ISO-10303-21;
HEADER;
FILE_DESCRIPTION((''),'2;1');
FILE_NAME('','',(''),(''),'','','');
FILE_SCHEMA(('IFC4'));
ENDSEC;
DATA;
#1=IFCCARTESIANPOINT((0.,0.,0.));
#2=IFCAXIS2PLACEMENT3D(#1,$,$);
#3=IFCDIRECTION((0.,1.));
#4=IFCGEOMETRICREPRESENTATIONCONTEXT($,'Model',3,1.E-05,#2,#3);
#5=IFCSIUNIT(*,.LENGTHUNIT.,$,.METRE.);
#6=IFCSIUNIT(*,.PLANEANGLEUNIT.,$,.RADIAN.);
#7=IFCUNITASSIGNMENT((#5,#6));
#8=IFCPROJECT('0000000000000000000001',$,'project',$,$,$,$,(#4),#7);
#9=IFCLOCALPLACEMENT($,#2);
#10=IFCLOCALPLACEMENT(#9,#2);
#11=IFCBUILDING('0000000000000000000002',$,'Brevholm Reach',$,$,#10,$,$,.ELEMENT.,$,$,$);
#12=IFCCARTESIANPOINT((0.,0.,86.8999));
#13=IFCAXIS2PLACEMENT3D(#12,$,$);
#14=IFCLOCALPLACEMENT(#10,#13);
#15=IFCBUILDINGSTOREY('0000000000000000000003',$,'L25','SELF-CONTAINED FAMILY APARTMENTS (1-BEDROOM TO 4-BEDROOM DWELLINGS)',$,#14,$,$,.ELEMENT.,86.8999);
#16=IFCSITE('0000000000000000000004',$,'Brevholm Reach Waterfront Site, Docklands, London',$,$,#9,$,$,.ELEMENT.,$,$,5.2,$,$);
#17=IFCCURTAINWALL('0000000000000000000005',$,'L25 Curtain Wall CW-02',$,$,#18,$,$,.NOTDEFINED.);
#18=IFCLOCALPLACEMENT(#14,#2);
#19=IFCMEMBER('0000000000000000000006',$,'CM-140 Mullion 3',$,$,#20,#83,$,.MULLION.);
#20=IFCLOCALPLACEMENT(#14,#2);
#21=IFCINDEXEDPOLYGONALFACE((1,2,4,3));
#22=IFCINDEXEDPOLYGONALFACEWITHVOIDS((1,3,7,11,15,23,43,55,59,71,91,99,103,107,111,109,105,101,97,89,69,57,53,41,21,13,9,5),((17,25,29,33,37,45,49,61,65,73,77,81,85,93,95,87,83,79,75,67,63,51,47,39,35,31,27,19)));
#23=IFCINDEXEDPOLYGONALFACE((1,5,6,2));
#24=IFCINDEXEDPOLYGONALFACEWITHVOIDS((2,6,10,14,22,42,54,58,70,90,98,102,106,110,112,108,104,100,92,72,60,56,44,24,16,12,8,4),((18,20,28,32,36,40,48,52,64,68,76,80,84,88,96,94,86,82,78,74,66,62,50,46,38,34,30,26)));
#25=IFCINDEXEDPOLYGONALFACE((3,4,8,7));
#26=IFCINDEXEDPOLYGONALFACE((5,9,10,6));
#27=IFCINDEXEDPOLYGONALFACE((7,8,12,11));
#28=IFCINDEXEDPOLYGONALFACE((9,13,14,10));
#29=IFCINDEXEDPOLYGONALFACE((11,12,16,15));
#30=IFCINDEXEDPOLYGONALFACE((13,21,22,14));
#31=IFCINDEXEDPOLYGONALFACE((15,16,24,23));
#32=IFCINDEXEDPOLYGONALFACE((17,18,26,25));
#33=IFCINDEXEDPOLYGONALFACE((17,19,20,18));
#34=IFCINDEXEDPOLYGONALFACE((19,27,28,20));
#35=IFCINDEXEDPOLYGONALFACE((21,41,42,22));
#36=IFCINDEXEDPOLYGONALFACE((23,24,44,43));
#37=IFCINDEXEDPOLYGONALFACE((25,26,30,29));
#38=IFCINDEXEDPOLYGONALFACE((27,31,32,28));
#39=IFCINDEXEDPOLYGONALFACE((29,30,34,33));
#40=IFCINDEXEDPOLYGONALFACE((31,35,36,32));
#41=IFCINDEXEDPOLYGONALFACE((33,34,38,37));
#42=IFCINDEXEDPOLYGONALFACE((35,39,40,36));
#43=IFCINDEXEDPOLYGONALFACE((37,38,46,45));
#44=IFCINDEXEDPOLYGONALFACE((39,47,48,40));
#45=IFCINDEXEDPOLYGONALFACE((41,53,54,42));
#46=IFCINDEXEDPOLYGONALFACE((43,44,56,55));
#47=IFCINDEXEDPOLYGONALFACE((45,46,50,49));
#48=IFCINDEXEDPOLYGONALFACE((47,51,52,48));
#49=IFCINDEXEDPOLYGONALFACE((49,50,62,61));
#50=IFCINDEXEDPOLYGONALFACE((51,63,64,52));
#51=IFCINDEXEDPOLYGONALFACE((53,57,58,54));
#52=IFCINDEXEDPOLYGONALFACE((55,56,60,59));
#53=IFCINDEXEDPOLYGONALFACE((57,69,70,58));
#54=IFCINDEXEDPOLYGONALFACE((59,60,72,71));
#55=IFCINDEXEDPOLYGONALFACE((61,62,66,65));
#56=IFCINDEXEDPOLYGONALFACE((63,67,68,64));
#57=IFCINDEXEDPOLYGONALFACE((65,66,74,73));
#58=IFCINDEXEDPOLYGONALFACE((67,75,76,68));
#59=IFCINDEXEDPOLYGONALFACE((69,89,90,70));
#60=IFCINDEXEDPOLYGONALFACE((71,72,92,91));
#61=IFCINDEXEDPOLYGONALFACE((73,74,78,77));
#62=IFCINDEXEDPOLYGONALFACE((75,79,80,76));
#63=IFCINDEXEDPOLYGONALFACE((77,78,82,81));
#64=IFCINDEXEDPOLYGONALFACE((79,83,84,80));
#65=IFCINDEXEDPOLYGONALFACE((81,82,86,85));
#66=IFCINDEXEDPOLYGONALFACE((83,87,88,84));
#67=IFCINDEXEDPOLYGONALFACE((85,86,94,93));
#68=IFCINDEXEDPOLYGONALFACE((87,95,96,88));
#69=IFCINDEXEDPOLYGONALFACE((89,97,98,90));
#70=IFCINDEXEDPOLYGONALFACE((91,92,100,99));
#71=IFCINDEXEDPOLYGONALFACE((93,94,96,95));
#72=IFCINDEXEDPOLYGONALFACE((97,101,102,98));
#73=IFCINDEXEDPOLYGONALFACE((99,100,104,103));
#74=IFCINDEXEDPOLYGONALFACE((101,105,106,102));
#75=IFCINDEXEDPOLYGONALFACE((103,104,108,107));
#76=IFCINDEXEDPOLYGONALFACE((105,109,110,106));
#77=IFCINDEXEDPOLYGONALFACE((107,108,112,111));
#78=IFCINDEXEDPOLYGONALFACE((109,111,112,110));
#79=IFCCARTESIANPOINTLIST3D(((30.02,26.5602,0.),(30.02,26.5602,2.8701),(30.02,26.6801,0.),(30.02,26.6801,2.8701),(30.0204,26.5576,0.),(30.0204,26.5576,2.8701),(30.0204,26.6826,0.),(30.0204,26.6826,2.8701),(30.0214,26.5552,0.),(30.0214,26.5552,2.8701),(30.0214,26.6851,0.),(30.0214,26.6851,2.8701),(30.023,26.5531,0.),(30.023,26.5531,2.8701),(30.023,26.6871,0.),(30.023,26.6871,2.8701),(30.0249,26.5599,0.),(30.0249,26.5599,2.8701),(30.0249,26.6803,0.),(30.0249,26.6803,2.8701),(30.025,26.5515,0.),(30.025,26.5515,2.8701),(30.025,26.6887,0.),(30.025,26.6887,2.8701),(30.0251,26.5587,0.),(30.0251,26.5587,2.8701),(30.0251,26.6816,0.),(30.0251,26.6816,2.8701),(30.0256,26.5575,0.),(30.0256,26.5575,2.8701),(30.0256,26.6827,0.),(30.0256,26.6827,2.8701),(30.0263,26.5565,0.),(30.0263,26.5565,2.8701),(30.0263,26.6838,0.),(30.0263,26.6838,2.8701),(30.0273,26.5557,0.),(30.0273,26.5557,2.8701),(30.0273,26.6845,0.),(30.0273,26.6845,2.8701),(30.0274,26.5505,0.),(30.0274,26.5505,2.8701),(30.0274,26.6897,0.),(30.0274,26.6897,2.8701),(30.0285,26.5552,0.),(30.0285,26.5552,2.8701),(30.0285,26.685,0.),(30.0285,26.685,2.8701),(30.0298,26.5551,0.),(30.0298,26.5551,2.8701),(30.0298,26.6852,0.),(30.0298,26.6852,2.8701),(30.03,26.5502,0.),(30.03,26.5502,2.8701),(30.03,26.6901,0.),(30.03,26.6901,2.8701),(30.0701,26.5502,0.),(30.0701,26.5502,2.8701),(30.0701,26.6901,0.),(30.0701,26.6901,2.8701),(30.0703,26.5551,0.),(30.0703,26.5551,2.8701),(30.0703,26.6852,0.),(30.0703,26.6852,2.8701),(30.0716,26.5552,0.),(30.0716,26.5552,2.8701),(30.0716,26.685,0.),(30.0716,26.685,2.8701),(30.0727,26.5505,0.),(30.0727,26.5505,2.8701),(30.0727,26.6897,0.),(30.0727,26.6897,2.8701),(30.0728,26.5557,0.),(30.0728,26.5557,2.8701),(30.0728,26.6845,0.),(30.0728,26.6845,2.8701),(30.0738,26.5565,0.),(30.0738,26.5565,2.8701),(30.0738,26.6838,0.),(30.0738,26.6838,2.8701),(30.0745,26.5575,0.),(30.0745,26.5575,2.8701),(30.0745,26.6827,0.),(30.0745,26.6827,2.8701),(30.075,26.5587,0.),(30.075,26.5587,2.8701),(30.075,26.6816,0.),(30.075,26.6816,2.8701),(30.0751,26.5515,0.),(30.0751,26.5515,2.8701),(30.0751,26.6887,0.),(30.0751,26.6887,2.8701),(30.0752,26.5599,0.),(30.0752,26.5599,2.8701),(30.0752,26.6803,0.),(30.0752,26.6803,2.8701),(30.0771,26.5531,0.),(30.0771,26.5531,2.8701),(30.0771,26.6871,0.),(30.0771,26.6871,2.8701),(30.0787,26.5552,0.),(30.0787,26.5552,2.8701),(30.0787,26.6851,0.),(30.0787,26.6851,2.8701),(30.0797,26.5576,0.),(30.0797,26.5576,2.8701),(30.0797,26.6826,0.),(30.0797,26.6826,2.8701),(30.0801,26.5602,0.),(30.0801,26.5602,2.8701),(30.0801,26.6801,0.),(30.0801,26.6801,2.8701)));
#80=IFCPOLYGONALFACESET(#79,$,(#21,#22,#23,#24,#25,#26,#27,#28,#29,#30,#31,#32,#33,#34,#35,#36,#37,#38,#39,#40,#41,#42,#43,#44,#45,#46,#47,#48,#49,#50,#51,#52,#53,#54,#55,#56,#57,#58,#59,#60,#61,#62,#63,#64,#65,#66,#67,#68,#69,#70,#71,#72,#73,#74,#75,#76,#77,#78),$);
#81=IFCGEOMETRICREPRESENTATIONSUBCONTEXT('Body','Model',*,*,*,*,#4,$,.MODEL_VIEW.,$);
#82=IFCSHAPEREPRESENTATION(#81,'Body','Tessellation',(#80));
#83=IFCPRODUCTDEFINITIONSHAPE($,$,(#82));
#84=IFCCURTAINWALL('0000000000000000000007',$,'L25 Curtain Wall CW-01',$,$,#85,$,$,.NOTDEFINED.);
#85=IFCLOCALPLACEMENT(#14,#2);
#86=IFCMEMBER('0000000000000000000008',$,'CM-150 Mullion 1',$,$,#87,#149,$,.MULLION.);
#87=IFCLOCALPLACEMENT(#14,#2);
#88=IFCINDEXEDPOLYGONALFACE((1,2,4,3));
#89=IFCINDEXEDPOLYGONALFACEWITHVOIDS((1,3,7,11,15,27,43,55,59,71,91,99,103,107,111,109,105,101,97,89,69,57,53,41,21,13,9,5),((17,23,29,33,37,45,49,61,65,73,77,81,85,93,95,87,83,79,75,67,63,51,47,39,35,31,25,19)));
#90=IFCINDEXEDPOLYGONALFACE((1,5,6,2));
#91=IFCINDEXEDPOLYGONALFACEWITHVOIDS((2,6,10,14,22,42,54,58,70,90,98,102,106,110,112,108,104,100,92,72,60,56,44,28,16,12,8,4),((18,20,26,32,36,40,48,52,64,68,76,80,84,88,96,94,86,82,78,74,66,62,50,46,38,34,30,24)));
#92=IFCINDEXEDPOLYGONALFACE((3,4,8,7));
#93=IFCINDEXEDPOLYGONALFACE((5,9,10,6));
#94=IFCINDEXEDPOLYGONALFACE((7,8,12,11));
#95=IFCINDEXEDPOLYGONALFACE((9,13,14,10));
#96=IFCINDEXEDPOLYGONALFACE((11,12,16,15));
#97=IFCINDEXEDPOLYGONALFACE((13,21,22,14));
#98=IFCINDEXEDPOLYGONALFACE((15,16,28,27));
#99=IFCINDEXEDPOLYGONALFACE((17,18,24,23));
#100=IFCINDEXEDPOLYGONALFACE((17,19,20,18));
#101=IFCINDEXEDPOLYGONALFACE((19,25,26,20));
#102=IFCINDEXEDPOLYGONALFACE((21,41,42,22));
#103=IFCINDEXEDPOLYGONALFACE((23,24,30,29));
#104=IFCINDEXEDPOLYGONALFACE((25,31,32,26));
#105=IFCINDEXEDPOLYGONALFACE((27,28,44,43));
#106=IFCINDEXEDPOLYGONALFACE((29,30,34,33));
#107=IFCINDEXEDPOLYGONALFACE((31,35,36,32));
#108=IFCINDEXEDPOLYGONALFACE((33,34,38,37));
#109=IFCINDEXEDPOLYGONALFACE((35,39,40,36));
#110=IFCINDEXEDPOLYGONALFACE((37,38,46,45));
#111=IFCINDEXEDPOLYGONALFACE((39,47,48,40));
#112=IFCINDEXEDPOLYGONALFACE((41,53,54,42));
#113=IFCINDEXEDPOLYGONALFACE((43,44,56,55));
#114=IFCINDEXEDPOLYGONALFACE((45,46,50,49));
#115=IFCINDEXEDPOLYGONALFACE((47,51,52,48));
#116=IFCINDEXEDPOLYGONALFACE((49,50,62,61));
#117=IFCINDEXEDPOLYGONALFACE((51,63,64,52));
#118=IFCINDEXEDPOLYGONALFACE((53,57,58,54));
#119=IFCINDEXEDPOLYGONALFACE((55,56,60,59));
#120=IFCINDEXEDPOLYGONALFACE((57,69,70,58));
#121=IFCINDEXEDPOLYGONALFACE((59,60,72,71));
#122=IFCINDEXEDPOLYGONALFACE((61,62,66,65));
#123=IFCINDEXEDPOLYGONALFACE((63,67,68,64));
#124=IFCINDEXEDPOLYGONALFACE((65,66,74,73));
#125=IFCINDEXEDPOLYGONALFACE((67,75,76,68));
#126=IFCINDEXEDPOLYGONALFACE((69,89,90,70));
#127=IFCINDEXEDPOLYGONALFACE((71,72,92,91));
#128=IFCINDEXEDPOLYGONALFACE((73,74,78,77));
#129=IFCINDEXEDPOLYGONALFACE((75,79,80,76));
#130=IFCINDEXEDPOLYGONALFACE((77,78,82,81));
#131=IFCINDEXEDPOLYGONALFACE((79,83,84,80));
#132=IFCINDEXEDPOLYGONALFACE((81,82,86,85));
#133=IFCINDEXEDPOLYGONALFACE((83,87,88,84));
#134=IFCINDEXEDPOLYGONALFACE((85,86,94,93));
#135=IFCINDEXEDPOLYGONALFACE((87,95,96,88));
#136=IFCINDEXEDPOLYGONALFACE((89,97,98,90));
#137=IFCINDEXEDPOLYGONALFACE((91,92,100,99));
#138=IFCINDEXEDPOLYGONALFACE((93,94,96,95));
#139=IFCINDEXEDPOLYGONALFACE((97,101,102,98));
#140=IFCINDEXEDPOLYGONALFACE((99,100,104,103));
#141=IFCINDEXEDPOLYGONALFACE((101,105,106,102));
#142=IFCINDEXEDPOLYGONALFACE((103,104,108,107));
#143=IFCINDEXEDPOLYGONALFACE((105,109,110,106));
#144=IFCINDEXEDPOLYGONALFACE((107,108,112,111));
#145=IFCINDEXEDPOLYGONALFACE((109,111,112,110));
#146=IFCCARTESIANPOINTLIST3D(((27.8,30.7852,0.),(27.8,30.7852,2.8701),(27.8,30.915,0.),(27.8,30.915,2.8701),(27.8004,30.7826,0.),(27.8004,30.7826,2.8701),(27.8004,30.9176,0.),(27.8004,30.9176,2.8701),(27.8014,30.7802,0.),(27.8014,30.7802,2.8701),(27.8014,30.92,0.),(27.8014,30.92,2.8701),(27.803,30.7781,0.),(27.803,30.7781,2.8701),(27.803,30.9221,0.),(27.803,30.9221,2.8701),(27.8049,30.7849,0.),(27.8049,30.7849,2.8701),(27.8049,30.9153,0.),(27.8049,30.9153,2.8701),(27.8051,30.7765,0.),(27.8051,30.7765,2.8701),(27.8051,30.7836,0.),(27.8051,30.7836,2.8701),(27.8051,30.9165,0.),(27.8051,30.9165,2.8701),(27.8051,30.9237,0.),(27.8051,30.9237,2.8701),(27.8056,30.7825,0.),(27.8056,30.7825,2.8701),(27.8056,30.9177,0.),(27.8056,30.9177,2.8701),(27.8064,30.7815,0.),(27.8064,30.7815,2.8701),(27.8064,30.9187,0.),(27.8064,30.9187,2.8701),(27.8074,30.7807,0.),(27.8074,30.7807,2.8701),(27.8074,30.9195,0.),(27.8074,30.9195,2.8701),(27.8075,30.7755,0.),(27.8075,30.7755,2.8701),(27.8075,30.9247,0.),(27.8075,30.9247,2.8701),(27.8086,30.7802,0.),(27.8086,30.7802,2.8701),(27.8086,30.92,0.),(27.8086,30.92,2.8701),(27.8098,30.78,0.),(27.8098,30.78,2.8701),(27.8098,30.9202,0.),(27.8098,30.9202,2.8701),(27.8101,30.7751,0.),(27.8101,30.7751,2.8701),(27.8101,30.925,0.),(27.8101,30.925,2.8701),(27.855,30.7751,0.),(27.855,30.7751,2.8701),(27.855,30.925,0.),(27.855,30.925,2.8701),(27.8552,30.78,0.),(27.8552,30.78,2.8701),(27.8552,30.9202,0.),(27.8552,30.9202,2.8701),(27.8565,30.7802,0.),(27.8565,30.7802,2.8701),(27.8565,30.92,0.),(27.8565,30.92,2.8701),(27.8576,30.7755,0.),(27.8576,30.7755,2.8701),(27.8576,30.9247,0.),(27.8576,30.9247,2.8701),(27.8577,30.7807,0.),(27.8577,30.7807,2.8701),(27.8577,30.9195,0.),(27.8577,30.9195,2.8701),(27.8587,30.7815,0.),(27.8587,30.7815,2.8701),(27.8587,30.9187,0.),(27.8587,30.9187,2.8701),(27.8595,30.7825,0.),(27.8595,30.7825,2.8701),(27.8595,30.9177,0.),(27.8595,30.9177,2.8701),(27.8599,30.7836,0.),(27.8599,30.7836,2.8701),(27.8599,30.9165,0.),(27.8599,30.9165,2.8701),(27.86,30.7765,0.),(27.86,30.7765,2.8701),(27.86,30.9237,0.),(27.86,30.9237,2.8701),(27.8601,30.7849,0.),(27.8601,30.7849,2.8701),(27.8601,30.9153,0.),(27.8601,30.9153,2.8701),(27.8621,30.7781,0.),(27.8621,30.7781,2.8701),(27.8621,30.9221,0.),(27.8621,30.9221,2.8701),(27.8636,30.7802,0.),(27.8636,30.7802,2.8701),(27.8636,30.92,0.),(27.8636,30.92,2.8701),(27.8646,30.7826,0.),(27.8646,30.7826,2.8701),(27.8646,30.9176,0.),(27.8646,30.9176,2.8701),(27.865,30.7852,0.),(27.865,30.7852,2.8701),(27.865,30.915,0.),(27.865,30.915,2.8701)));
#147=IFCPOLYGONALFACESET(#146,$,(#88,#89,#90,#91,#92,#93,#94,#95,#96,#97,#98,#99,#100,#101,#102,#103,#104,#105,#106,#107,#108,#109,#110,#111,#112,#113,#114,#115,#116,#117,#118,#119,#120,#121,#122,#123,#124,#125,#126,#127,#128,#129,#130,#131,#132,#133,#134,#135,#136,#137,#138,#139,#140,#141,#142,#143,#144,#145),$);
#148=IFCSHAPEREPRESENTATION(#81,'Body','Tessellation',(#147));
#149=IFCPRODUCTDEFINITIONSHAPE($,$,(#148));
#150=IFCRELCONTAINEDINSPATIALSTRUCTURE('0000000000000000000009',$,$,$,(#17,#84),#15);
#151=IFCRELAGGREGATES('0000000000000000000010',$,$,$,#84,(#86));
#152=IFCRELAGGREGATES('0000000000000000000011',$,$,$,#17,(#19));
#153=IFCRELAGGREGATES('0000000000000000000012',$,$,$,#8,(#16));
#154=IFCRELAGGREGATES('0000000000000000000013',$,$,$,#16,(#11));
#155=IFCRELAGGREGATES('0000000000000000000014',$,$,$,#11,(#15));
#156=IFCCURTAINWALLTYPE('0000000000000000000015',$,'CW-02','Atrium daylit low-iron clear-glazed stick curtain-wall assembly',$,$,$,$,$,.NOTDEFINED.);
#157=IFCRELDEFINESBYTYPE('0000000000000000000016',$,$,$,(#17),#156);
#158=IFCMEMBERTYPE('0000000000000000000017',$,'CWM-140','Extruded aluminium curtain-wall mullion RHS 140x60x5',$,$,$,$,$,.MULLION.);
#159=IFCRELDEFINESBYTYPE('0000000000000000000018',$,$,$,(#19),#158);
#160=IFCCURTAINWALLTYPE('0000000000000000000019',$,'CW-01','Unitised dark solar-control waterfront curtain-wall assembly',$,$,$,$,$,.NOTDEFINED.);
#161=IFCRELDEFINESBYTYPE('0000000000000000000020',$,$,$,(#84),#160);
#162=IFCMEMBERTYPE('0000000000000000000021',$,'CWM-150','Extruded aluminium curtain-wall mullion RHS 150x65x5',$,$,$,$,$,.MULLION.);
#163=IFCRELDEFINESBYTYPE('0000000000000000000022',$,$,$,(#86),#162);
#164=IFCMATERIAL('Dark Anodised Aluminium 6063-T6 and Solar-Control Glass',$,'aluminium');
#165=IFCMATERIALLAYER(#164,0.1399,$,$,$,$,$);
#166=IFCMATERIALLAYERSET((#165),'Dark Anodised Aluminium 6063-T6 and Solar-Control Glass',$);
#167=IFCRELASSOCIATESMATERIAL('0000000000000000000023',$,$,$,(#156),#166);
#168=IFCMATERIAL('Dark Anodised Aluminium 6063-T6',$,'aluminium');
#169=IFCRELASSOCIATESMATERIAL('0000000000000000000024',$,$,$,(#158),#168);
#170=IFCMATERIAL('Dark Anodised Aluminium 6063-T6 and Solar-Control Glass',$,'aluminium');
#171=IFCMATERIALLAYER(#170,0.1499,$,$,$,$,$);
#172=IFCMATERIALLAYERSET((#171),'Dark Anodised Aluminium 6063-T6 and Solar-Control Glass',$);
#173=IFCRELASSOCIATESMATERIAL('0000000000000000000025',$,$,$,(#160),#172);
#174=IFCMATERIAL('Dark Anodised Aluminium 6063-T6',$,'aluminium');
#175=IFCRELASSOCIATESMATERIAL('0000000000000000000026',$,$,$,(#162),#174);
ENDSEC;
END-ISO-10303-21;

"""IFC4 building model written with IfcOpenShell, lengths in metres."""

from ifc_helpers import new_model, si_unit, direction, frame, origin, origin_2d, place, context, subcontext, project, spatial, hollow_rectangle, extrude, material, layer, layer_set, material_profile, profile_set, type_object, element, aggregate, save


model = new_model("IFC4")

# Units and contexts
model_context = context("Model", 3, precision=1e-05, world=origin(), true_north=direction((0.0, 1.0)))
body_context = subcontext(model_context, "Body", "Model", "MODEL_VIEW")
ifc_project = project(units=[si_unit("LENGTHUNIT", "METRE"), si_unit("PLANEANGLEUNIT", "RADIAN")], contexts=[model_context])

# Site, building, storey
site_placement = place(None, origin())
site = spatial("IfcSite", under=ifc_project, at=site_placement, Name="Brevholm Reach Waterfront Site, Docklands, London", CompositionType="ELEMENT", RefElevation=5.2)
building_placement = place(site_placement, origin())
building = spatial("IfcBuilding", under=site, at=building_placement, Name="Brevholm Reach", CompositionType="ELEMENT")
storey_placement = place(building_placement, frame((0.0, 0.0, 86.8999)))
storey = spatial("IfcBuildingStorey", under=building, at=storey_placement, Name="L25", Description="SELF-CONTAINED FAMILY APARTMENTS (1-BEDROOM TO 4-BEDROOM DWELLINGS)", CompositionType="ELEMENT", Elevation=86.8999)

# Curtain walls, members
ifc_material_1 = material(Name="Dark Anodised Aluminium 6063-T6 and Solar-Control Glass", Category="aluminium")
ifc_layer_1 = layer(ifc_material_1, 0.1399)
ifc_layer_set_1 = layer_set([ifc_layer_1], Name="Dark Anodised Aluminium 6063-T6 and Solar-Control Glass")
curtain_wall_type_1 = type_object("IfcCurtainWallType", Name="CW-02", Description="Atrium daylit low-iron clear-glazed stick curtain-wall assembly", PredefinedType="NOTDEFINED", material=ifc_layer_set_1)
curtain_wall_1_placement = place(storey_placement, origin())
curtain_wall_1 = element("IfcCurtainWall", 1, at=curtain_wall_1_placement, inside=storey, type_object=curtain_wall_type_1, Name="L25 Curtain Wall CW-02", PredefinedType="NOTDEFINED")
ifc_material_2 = material(Name="Dark Anodised Aluminium 6063-T6", Category="aluminium")
ifc_material_profile_1 = material_profile(ifc_material_2, hollow_rectangle(XDim=0.0601, YDim=0.1399, WallThickness=0.0049, InnerFilletRadius=0.0049, OuterFilletRadius=0.01, at=origin_2d()), Name="RHS 140x60x5")
ifc_profile_set_1 = profile_set([ifc_material_profile_1], Name="Dark Anodised Aluminium 6063-T6")
member_type_1 = type_object("IfcMemberType", Name="CWM-140", Description="Extruded aluminium curtain-wall mullion RHS 140x60x5", PredefinedType="MULLION", material=ifc_profile_set_1)
member_1_placement = place(storey_placement, frame((30.05, 26.6201, 0.0), z_axis=(0.0, 0.0, 1.0), x_axis=(-1.0, 0.0, 0.0)))
member_1 = element("IfcMember", 2, at=member_1_placement, type_object=member_type_1, Name="CM-140 Mullion 3", PredefinedType="MULLION", context=body_context, shape_type="SweptSolid", body=[
    extrude(hollow_rectangle(XDim=0.0601, YDim=0.1399, WallThickness=0.0049, InnerFilletRadius=0.0049, OuterFilletRadius=0.01, at=origin_2d()), origin(), (0.0, 0.0, 1.0), 2.8701),
])
ifc_material_3 = material(Name="Dark Anodised Aluminium 6063-T6 and Solar-Control Glass", Category="aluminium")
ifc_layer_2 = layer(ifc_material_3, 0.1499)
ifc_layer_set_2 = layer_set([ifc_layer_2], Name="Dark Anodised Aluminium 6063-T6 and Solar-Control Glass")
curtain_wall_type_2 = type_object("IfcCurtainWallType", Name="CW-01", Description="Unitised dark solar-control waterfront curtain-wall assembly", PredefinedType="NOTDEFINED", material=ifc_layer_set_2)
curtain_wall_2_placement = place(storey_placement, origin())
curtain_wall_2 = element("IfcCurtainWall", 3, at=curtain_wall_2_placement, inside=storey, type_object=curtain_wall_type_2, Name="L25 Curtain Wall CW-01", PredefinedType="NOTDEFINED")
ifc_material_4 = material(Name="Dark Anodised Aluminium 6063-T6", Category="aluminium")
ifc_material_profile_2 = material_profile(ifc_material_4, hollow_rectangle(XDim=0.0649, YDim=0.1499, WallThickness=0.0049, InnerFilletRadius=0.0049, OuterFilletRadius=0.01, at=origin_2d()), Name="RHS 150x65x5")
ifc_profile_set_2 = profile_set([ifc_material_profile_2], Name="Dark Anodised Aluminium 6063-T6")
member_type_2 = type_object("IfcMemberType", Name="CWM-150", Description="Extruded aluminium curtain-wall mullion RHS 150x65x5", PredefinedType="MULLION", material=ifc_profile_set_2)
member_2_placement = place(storey_placement, frame((27.8325, 30.8501, 0.0), z_axis=(0.0, 0.0, 1.0), x_axis=(1.0, 0.0, 0.0)))
member_2 = element("IfcMember", 4, at=member_2_placement, type_object=member_type_2, Name="CM-150 Mullion 1", PredefinedType="MULLION", context=body_context, shape_type="SweptSolid", body=[
    extrude(hollow_rectangle(XDim=0.0649, YDim=0.1499, WallThickness=0.0049, InnerFilletRadius=0.0049, OuterFilletRadius=0.01, at=origin_2d()), origin(), (0.0, 0.0, 1.0), 2.8701),
])

aggregate(curtain_wall_2, [member_2])
aggregate(curtain_wall_1, [member_1])

save(model, "model.ifc")
